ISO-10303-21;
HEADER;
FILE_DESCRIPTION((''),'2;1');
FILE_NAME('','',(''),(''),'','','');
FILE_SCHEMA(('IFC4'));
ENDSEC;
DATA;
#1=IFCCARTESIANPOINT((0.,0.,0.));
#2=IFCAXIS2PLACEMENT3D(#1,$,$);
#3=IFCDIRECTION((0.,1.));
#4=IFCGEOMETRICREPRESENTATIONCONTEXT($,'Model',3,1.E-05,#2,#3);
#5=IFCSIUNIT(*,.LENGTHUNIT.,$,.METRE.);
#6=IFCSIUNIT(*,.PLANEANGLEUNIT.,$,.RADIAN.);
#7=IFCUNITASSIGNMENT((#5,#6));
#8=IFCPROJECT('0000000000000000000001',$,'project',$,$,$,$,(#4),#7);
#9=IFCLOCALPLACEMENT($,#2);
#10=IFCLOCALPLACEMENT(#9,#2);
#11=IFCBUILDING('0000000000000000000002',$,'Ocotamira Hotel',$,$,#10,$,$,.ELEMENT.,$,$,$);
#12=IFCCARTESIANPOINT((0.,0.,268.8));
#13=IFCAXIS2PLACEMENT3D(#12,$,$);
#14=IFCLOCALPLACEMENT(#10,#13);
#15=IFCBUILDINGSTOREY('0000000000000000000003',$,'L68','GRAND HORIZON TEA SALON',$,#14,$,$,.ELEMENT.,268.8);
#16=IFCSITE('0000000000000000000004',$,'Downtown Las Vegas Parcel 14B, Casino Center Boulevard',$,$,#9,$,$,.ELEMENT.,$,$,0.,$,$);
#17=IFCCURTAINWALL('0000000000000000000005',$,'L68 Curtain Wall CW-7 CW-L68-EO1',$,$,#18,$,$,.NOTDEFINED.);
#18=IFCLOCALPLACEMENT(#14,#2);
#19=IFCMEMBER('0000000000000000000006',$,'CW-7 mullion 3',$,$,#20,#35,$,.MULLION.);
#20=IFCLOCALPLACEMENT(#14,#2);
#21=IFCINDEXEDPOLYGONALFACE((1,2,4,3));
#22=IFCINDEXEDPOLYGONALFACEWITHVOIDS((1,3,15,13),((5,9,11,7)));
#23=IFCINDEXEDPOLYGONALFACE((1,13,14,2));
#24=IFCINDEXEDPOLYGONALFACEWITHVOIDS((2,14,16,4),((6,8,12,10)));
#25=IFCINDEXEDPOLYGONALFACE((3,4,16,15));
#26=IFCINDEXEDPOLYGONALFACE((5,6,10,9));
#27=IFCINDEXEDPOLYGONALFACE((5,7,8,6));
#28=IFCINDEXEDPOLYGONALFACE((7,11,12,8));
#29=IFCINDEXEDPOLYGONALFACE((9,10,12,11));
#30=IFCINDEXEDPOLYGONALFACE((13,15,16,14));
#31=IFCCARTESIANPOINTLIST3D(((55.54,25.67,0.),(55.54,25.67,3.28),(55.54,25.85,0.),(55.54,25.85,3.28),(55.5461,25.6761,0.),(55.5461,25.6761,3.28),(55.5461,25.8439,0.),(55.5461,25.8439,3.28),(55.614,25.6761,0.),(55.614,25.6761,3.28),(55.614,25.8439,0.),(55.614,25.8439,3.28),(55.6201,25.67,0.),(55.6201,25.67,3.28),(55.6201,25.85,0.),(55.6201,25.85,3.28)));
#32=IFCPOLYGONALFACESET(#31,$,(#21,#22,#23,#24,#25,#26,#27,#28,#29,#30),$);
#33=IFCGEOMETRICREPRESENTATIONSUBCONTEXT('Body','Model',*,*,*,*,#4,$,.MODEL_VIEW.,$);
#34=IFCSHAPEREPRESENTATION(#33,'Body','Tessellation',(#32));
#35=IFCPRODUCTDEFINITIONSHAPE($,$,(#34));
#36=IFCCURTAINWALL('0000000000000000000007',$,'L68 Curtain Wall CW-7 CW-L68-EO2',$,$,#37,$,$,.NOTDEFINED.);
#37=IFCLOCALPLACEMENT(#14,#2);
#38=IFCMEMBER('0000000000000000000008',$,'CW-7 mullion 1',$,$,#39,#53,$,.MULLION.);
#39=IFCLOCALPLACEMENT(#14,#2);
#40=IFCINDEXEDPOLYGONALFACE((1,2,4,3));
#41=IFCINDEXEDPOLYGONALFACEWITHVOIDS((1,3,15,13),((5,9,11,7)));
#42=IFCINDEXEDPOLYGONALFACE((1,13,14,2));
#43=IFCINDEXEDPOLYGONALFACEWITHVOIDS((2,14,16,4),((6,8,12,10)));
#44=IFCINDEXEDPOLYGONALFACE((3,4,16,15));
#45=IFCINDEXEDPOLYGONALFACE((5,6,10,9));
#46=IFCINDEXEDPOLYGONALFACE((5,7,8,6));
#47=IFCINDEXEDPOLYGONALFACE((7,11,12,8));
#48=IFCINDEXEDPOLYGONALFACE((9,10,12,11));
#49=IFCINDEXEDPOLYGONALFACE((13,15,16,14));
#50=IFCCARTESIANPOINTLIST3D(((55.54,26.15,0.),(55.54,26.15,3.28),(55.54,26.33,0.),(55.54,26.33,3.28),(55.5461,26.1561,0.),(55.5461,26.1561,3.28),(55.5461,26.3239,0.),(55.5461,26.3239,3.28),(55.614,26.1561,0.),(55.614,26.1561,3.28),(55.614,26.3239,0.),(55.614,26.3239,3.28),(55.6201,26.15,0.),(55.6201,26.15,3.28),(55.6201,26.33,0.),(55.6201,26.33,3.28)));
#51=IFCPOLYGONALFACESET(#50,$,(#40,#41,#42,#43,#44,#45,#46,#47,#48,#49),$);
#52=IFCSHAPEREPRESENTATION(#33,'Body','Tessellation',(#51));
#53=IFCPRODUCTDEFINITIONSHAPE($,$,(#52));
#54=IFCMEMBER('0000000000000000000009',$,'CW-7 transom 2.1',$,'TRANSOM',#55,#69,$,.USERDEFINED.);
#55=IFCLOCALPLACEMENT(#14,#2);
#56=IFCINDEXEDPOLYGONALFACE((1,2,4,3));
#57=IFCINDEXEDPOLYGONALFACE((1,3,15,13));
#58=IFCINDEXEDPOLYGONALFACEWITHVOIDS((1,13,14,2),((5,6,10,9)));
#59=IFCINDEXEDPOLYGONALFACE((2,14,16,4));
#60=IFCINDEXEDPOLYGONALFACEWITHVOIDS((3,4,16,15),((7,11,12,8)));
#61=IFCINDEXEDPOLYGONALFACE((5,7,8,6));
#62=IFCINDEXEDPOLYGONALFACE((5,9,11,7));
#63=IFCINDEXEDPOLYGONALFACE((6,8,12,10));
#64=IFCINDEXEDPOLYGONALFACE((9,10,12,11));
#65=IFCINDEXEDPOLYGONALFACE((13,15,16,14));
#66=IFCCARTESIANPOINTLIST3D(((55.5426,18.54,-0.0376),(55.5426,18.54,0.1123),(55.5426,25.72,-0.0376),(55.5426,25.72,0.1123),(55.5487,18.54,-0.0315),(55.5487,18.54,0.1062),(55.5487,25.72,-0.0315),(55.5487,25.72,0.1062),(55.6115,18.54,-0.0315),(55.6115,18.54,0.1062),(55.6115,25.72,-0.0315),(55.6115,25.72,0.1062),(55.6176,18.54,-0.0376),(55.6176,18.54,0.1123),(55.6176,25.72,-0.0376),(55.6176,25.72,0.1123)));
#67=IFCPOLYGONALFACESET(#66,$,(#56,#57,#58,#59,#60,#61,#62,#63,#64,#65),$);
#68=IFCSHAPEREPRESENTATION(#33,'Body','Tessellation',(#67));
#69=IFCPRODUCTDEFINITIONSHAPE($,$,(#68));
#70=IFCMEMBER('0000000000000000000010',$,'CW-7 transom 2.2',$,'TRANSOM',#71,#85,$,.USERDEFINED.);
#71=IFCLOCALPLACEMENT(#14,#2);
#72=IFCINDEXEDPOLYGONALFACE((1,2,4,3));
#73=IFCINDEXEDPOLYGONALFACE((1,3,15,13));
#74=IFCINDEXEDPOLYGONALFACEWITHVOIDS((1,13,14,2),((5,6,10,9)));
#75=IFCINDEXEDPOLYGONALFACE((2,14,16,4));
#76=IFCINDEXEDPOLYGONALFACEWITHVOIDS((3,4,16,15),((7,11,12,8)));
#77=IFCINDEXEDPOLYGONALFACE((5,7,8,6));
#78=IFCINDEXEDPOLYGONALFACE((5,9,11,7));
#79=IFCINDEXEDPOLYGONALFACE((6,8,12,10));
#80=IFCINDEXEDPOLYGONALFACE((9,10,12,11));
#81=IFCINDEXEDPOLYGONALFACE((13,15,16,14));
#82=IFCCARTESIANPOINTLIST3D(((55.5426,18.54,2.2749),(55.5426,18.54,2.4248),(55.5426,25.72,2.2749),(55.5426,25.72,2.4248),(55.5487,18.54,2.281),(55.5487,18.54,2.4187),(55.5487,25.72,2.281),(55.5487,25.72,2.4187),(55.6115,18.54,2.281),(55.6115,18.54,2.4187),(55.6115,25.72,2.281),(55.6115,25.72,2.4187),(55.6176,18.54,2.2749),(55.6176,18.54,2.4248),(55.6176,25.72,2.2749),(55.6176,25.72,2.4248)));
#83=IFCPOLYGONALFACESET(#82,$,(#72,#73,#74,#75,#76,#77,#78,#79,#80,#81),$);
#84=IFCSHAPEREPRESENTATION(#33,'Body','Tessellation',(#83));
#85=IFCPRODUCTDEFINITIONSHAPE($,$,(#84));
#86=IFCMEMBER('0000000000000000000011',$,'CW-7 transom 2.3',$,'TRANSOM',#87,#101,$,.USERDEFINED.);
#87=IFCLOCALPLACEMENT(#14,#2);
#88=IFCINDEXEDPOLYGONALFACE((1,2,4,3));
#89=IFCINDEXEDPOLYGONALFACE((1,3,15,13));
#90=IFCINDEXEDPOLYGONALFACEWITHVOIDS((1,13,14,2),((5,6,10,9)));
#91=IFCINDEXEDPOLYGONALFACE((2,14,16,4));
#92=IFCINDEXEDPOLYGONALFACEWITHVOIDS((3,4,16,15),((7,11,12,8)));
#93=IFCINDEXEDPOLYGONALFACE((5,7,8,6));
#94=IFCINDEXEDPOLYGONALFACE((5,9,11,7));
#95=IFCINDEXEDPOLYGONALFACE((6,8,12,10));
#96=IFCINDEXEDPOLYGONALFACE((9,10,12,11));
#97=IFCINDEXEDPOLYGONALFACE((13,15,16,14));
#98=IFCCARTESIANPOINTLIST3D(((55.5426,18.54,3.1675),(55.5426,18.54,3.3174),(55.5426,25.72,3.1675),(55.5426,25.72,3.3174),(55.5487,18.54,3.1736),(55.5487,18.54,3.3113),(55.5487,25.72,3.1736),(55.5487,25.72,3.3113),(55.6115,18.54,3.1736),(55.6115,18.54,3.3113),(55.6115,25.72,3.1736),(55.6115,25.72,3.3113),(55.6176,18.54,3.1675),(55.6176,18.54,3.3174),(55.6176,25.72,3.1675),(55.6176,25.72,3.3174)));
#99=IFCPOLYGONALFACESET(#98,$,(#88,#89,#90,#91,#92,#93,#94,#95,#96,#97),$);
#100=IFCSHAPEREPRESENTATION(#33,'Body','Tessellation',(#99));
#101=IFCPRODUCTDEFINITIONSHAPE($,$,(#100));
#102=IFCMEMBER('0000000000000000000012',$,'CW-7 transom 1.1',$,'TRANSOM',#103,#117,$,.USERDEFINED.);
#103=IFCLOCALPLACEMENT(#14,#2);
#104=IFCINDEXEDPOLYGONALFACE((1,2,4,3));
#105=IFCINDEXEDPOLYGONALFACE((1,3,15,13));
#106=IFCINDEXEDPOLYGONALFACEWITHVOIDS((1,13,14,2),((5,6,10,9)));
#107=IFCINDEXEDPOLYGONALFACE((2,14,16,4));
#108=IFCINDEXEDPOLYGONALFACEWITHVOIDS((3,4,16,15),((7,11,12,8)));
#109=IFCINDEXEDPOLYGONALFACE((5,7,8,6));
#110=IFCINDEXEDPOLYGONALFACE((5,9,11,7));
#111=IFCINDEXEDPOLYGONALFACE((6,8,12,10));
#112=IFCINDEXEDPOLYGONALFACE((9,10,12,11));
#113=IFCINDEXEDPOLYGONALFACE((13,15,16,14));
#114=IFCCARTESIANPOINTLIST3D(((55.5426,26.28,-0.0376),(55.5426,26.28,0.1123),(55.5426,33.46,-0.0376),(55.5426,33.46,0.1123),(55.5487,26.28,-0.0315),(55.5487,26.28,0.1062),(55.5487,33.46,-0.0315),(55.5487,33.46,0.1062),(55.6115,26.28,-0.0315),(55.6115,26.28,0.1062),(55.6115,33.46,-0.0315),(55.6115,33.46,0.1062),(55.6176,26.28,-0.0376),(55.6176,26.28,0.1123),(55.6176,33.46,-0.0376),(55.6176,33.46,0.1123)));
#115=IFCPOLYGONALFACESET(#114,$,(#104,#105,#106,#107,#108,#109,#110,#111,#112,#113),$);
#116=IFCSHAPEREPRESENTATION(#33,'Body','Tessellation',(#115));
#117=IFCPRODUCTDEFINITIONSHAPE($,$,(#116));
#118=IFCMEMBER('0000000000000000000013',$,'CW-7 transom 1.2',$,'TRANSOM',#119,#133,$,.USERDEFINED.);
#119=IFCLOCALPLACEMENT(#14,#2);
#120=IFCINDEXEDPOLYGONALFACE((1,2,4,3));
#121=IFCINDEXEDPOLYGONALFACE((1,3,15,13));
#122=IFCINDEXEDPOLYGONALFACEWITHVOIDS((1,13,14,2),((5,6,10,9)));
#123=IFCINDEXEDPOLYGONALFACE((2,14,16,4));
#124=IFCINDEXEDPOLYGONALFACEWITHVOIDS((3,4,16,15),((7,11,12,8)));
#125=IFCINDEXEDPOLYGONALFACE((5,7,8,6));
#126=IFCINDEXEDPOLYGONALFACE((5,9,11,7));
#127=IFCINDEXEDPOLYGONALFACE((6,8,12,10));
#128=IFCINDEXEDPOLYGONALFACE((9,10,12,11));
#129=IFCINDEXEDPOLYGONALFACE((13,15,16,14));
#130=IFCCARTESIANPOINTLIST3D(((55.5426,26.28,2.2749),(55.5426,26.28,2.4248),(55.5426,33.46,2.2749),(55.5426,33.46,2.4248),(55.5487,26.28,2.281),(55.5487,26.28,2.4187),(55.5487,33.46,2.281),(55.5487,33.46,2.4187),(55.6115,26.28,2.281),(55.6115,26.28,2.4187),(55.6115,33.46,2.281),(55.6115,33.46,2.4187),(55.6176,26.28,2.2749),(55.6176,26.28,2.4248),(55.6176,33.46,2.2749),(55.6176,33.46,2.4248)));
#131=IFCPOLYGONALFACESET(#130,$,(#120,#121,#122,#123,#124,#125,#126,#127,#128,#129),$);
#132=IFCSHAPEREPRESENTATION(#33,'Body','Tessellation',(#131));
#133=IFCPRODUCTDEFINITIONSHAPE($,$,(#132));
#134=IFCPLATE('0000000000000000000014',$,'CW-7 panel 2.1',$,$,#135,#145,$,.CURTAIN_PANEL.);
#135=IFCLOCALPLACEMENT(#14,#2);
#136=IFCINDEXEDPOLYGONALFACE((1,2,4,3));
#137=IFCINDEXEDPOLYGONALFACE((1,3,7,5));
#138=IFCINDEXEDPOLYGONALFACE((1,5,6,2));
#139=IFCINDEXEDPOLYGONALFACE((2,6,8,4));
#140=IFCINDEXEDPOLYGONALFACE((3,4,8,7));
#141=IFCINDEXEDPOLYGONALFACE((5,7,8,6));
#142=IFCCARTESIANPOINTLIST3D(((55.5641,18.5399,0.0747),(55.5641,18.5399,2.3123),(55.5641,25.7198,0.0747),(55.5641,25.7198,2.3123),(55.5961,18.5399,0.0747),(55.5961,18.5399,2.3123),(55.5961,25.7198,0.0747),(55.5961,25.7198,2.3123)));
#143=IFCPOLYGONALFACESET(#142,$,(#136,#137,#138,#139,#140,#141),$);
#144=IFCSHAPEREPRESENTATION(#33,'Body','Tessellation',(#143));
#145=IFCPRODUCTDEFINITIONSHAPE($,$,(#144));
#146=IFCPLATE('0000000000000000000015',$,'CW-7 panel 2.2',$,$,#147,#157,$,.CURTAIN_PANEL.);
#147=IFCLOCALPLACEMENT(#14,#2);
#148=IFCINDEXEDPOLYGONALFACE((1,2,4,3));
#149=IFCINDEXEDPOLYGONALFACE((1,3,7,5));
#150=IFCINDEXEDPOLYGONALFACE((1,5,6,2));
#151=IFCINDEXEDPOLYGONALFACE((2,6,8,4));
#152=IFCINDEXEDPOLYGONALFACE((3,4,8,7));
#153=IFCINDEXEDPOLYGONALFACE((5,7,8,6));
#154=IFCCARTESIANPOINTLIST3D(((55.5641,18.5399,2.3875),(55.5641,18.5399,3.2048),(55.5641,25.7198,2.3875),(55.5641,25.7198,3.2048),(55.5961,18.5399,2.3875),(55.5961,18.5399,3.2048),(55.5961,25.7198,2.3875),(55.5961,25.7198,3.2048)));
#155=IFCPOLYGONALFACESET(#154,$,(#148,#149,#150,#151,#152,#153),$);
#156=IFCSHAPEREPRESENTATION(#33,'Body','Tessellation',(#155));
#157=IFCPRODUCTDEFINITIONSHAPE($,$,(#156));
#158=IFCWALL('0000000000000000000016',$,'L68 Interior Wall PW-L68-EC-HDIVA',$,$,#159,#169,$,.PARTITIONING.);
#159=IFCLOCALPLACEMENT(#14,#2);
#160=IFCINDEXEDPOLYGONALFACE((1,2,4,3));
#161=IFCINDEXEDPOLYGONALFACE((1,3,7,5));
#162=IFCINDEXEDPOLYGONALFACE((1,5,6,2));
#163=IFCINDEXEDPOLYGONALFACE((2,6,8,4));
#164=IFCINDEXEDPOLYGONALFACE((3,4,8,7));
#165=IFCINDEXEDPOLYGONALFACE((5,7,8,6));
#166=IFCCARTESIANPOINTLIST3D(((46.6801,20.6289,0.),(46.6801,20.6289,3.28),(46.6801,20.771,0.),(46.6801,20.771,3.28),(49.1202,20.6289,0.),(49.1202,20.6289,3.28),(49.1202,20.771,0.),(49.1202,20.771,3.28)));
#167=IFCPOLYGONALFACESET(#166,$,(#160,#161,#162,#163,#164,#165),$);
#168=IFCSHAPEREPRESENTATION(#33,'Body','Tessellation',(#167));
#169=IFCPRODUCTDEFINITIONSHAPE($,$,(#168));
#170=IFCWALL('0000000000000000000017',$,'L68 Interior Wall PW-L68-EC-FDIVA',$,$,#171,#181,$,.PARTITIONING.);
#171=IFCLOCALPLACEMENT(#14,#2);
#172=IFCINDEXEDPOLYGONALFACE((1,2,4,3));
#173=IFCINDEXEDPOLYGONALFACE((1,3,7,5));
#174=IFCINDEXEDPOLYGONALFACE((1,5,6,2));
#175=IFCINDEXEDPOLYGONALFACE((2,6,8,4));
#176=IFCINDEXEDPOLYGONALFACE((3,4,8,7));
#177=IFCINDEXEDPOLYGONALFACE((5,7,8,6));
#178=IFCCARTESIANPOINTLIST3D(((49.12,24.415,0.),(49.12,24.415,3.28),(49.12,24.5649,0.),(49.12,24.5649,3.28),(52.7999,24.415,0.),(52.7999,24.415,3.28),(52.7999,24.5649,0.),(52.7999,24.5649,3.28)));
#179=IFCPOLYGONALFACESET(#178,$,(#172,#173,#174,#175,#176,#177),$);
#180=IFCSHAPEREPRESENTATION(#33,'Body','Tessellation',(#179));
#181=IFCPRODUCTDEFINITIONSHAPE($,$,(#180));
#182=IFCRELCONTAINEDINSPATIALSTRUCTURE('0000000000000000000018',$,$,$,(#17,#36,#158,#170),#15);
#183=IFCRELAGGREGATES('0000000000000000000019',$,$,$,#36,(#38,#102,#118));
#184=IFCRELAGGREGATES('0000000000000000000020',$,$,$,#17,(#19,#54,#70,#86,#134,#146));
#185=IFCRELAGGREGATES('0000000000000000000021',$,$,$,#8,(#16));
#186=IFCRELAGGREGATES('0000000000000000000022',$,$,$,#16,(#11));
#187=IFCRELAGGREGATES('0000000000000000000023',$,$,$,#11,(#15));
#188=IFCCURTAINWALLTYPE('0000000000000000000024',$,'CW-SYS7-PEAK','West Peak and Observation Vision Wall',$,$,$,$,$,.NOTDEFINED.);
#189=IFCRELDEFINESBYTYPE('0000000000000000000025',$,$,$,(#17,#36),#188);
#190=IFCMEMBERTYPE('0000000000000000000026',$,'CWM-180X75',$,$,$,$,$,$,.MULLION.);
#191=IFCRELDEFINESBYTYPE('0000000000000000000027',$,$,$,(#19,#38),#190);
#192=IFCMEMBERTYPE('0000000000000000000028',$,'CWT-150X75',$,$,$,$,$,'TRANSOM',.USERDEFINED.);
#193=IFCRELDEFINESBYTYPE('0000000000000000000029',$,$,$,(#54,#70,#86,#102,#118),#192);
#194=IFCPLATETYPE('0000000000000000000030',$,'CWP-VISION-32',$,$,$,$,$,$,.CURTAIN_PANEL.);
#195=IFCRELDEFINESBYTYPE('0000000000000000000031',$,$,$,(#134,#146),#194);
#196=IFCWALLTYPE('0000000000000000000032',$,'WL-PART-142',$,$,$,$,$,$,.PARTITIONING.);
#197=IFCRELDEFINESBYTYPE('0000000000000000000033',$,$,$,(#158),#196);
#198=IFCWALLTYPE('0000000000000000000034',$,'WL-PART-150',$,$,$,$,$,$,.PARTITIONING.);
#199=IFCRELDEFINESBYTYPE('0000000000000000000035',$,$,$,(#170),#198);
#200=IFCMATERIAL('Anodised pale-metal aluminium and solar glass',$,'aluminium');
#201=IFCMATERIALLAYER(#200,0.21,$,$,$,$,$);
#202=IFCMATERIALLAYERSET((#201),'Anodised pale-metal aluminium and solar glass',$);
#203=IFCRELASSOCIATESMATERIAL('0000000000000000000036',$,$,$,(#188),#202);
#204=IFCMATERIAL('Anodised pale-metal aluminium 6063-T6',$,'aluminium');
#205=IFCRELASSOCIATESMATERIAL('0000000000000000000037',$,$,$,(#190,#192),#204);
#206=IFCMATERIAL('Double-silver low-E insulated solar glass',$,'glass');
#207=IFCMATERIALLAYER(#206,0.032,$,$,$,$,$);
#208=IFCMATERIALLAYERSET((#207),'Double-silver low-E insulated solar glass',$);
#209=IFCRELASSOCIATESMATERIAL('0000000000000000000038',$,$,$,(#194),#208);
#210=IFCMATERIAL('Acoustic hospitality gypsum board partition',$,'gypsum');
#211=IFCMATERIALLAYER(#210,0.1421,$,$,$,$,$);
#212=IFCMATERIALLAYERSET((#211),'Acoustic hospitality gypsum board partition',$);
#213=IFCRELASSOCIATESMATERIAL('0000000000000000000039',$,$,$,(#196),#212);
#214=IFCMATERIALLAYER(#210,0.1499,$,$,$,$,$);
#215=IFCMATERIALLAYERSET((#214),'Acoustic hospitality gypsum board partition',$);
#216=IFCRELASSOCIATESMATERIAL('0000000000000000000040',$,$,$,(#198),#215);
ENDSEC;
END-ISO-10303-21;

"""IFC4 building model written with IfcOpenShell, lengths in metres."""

from ifc_helpers import new_model, si_unit, direction, frame, frame_2d, origin, origin_2d, place, context, subcontext, project, spatial, rectangle, hollow_rectangle, extrude, source, transform, mapped, material, layer, layer_set, material_profile, profile_set, type_object, element, aggregate, save


model = new_model("IFC4")

# Units and contexts
model_context = context("Model", 3, precision=1e-05, world=origin(), true_north=direction((0.0, 1.0)))
body_context = subcontext(model_context, "Body", "Model", "MODEL_VIEW")
ifc_project = project(units=[si_unit("LENGTHUNIT", "METRE"), si_unit("PLANEANGLEUNIT", "RADIAN")], contexts=[model_context])

# Site, building, storey
site_placement = place(None, origin())
site = spatial("IfcSite", under=ifc_project, at=site_placement, Name="Downtown Las Vegas Parcel 14B, Casino Center Boulevard", CompositionType="ELEMENT", RefElevation=0.0)
building_placement = place(site_placement, origin())
building = spatial("IfcBuilding", under=site, at=building_placement, Name="Ocotamira Hotel", CompositionType="ELEMENT")
storey_placement = place(building_placement, frame((0.0, 0.0, 268.8)))
storey = spatial("IfcBuildingStorey", under=building, at=storey_placement, Name="L68", Description="GRAND HORIZON TEA SALON", CompositionType="ELEMENT", Elevation=268.8)

# Curtain walls, members
ifc_material_1 = material(Name="Anodised pale-metal aluminium and solar glass", Category="aluminium")
ifc_layer_1 = layer(ifc_material_1, 0.21)
ifc_layer_set_1 = layer_set([ifc_layer_1], Name="Anodised pale-metal aluminium and solar glass")
curtain_wall_type = type_object("IfcCurtainWallType", Name="CW-SYS7-PEAK", Description="West Peak and Observation Vision Wall", PredefinedType="NOTDEFINED", material=ifc_layer_set_1)
curtain_wall_1_placement = place(storey_placement, origin())
curtain_wall_1 = element("IfcCurtainWall", 1, at=curtain_wall_1_placement, inside=storey, type_object=curtain_wall_type, Name="L68 Curtain Wall CW-7 CW-L68-EO1", PredefinedType="NOTDEFINED")
ifc_material_2 = material(Name="Anodised pale-metal aluminium 6063-T6", Category="aluminium")
ifc_material_profile_1 = material_profile(ifc_material_2, hollow_rectangle(XDim=0.0801, YDim=0.1799, WallThickness=0.0061, at=origin_2d()), Name="HSS180X80X6")
ifc_profile_set_1 = profile_set([ifc_material_profile_1], Name="Anodised pale-metal aluminium 6063-T6")
member_type_1 = type_object("IfcMemberType", Name="CWM-180X75", PredefinedType="MULLION", material=ifc_profile_set_1)
shared_shape_1 = source(origin(), body_context, "Body", "SweptSolid", [
    extrude(hollow_rectangle(XDim=0.0801, YDim=0.1799, WallThickness=0.0061, at=origin_2d()), origin(), (0.0, 0.0, 1.0), 3.28),
])
member_1_placement = place(storey_placement, frame((55.5801, 25.76, 0.0), z_axis=(0.0, 0.0, 1.0), x_axis=(-1.0, 0.0, 0.0)))
member_1 = element("IfcMember", 2, at=member_1_placement, type_object=member_type_1, Name="CW-7 mullion 3", PredefinedType="MULLION", context=body_context, shape_type="MappedRepresentation", body=[
    mapped(shared_shape_1, transform((0.0, 0.0, 0.0), scale=1.0)),
])
curtain_wall_2_placement = place(storey_placement, origin())
curtain_wall_2 = element("IfcCurtainWall", 3, at=curtain_wall_2_placement, inside=storey, type_object=curtain_wall_type, Name="L68 Curtain Wall CW-7 CW-L68-EO2", PredefinedType="NOTDEFINED")
member_2_placement = place(storey_placement, frame((55.5801, 26.24, 0.0), z_axis=(0.0, 0.0, 1.0), x_axis=(-1.0, 0.0, 0.0)))
member_2 = element("IfcMember", 4, at=member_2_placement, type_object=member_type_1, Name="CW-7 mullion 1", PredefinedType="MULLION", context=body_context, shape_type="MappedRepresentation", body=[
    mapped(shared_shape_1, transform((0.0, 0.0, 0.0), scale=1.0)),
])

# Members
ifc_material_profile_2 = material_profile(ifc_material_2, hollow_rectangle(XDim=0.075, YDim=0.1499, WallThickness=0.0061, at=origin_2d()), Name="HSS150X75X6")
ifc_profile_set_2 = profile_set([ifc_material_profile_2], Name="Anodised pale-metal aluminium 6063-T6")
member_type_2 = type_object("IfcMemberType", Name="CWT-150X75", ElementType="TRANSOM", PredefinedType="USERDEFINED", material=ifc_profile_set_2)
shared_shape_2 = source(origin(), body_context, "Body", "SweptSolid", [
    extrude(hollow_rectangle(XDim=0.075, YDim=0.1499, WallThickness=0.0061, at=origin_2d()), origin(), (0.0, 0.0, 1.0), 7.1799),
])
member_3_placement = place(storey_placement, frame((55.5801, 18.54, 0.0374), z_axis=(0.0, 1.0, 0.0), x_axis=(-1.0, 0.0, 0.0)))
member_3 = element("IfcMember", 5, at=member_3_placement, type_object=member_type_2, Name="CW-7 transom 2.1", ObjectType="TRANSOM", PredefinedType="USERDEFINED", context=body_context, shape_type="MappedRepresentation", body=[
    mapped(shared_shape_2, transform((0.0, 0.0, 0.0), scale=1.0)),
])
member_4_placement = place(storey_placement, frame((55.5801, 18.54, 2.3499), z_axis=(0.0, 1.0, 0.0), x_axis=(-1.0, 0.0, 0.0)))
member_4 = element("IfcMember", 6, at=member_4_placement, type_object=member_type_2, Name="CW-7 transom 2.2", ObjectType="TRANSOM", PredefinedType="USERDEFINED", context=body_context, shape_type="MappedRepresentation", body=[
    mapped(shared_shape_2, transform((0.0, 0.0, 0.0), scale=1.0)),
])
member_5_placement = place(storey_placement, frame((55.5801, 18.54, 3.2424), z_axis=(0.0, 1.0, 0.0), x_axis=(-1.0, 0.0, 0.0)))
member_5 = element("IfcMember", 7, at=member_5_placement, type_object=member_type_2, Name="CW-7 transom 2.3", ObjectType="TRANSOM", PredefinedType="USERDEFINED", context=body_context, shape_type="MappedRepresentation", body=[
    mapped(shared_shape_2, transform((0.0, 0.0, 0.0), scale=1.0)),
])
member_6_placement = place(storey_placement, frame((55.5801, 26.28, 0.0374), z_axis=(0.0, 1.0, 0.0), x_axis=(-1.0, 0.0, 0.0)))
member_6 = element("IfcMember", 8, at=member_6_placement, type_object=member_type_2, Name="CW-7 transom 1.1", ObjectType="TRANSOM", PredefinedType="USERDEFINED", context=body_context, shape_type="MappedRepresentation", body=[
    mapped(shared_shape_2, transform((0.0, 0.0, 0.0), scale=1.0)),
])
member_7_placement = place(storey_placement, frame((55.5801, 26.28, 2.3499), z_axis=(0.0, 1.0, 0.0), x_axis=(-1.0, 0.0, 0.0)))
member_7 = element("IfcMember", 9, at=member_7_placement, type_object=member_type_2, Name="CW-7 transom 1.2", ObjectType="TRANSOM", PredefinedType="USERDEFINED", context=body_context, shape_type="MappedRepresentation", body=[
    mapped(shared_shape_2, transform((0.0, 0.0, 0.0), scale=1.0)),
])
aggregate(curtain_wall_2, [member_2, member_6, member_7])

# Plates
ifc_material_3 = material(Name="Double-silver low-E insulated solar glass", Category="glass")
ifc_layer_2 = layer(ifc_material_3, 0.032)
ifc_layer_set_2 = layer_set([ifc_layer_2], Name="Double-silver low-E insulated solar glass")
plate_type = type_object("IfcPlateType", Name="CWP-VISION-32", PredefinedType="CURTAIN_PANEL", material=ifc_layer_set_2)
shared_shape_3 = source(origin(), body_context, "Body", "SweptSolid", [
    extrude(rectangle(XDim=7.1799, YDim=0.032, at=origin_2d()), origin(), (0.0, 0.0, 1.0), 2.2375),
])
plate_1_placement = place(storey_placement, frame((55.5801, 22.1299, 0.0747), z_axis=(0.0, 0.0, 1.0), x_axis=(0.0, 1.0, 0.0)))
plate_1 = element("IfcPlate", 10, at=plate_1_placement, type_object=plate_type, Name="CW-7 panel 2.1", PredefinedType="CURTAIN_PANEL", context=body_context, shape_type="MappedRepresentation", body=[
    mapped(shared_shape_3, transform((0.0, 0.0, 0.0), scale=1.0)),
])
shared_shape_4 = source(origin(), body_context, "Body", "SweptSolid", [
    extrude(rectangle(XDim=7.1799, YDim=0.032, at=origin_2d()), origin(), (0.0, 0.0, 1.0), 0.8174),
])
plate_2_placement = place(storey_placement, frame((55.5801, 22.1299, 2.3875), z_axis=(0.0, 0.0, 1.0), x_axis=(0.0, 1.0, 0.0)))
plate_2 = element("IfcPlate", 11, at=plate_2_placement, type_object=plate_type, Name="CW-7 panel 2.2", PredefinedType="CURTAIN_PANEL", context=body_context, shape_type="MappedRepresentation", body=[
    mapped(shared_shape_4, transform((0.0, 0.0, 0.0), scale=1.0)),
])
aggregate(curtain_wall_1, [member_1, member_3, member_4, member_5, plate_1, plate_2])

# Walls
ifc_material_4 = material(Name="Acoustic hospitality gypsum board partition", Category="gypsum")
ifc_layer_3 = layer(ifc_material_4, 0.1421)
ifc_layer_set_3 = layer_set([ifc_layer_3], Name="Acoustic hospitality gypsum board partition")
wall_type_1 = type_object("IfcWallType", Name="WL-PART-142", PredefinedType="PARTITIONING", material=ifc_layer_set_3)
wall_1_placement = place(storey_placement, frame((46.6799, 20.7, 0.0), z_axis=(0.0, 0.0, 1.0), x_axis=(1.0, 0.0, 0.0)))
element("IfcWall", 12, at=wall_1_placement, inside=storey, type_object=wall_type_1, Name="L68 Interior Wall PW-L68-EC-HDIVA", PredefinedType="PARTITIONING", context=body_context, shape_type="SweptSolid", body=[
    extrude(rectangle(XDim=2.4402, YDim=0.1421, at=frame_2d((1.2202, 0.0))), origin(), (0.0, 0.0, 1.0), 3.28),
])
ifc_layer_4 = layer(ifc_material_4, 0.1499)
ifc_layer_set_4 = layer_set([ifc_layer_4], Name="Acoustic hospitality gypsum board partition")
wall_type_2 = type_object("IfcWallType", Name="WL-PART-150", PredefinedType="PARTITIONING", material=ifc_layer_set_4)
wall_2_placement = place(storey_placement, frame((49.1201, 24.49, 0.0), z_axis=(0.0, 0.0, 1.0), x_axis=(1.0, 0.0, 0.0)))
element("IfcWall", 13, at=wall_2_placement, inside=storey, type_object=wall_type_2, Name="L68 Interior Wall PW-L68-EC-FDIVA", PredefinedType="PARTITIONING", context=body_context, shape_type="SweptSolid", body=[
    extrude(rectangle(XDim=3.6799, YDim=0.1499, at=frame_2d((1.8398, 0.0))), origin(), (0.0, 0.0, 1.0), 3.28),
])

save(model, "model.ifc")
